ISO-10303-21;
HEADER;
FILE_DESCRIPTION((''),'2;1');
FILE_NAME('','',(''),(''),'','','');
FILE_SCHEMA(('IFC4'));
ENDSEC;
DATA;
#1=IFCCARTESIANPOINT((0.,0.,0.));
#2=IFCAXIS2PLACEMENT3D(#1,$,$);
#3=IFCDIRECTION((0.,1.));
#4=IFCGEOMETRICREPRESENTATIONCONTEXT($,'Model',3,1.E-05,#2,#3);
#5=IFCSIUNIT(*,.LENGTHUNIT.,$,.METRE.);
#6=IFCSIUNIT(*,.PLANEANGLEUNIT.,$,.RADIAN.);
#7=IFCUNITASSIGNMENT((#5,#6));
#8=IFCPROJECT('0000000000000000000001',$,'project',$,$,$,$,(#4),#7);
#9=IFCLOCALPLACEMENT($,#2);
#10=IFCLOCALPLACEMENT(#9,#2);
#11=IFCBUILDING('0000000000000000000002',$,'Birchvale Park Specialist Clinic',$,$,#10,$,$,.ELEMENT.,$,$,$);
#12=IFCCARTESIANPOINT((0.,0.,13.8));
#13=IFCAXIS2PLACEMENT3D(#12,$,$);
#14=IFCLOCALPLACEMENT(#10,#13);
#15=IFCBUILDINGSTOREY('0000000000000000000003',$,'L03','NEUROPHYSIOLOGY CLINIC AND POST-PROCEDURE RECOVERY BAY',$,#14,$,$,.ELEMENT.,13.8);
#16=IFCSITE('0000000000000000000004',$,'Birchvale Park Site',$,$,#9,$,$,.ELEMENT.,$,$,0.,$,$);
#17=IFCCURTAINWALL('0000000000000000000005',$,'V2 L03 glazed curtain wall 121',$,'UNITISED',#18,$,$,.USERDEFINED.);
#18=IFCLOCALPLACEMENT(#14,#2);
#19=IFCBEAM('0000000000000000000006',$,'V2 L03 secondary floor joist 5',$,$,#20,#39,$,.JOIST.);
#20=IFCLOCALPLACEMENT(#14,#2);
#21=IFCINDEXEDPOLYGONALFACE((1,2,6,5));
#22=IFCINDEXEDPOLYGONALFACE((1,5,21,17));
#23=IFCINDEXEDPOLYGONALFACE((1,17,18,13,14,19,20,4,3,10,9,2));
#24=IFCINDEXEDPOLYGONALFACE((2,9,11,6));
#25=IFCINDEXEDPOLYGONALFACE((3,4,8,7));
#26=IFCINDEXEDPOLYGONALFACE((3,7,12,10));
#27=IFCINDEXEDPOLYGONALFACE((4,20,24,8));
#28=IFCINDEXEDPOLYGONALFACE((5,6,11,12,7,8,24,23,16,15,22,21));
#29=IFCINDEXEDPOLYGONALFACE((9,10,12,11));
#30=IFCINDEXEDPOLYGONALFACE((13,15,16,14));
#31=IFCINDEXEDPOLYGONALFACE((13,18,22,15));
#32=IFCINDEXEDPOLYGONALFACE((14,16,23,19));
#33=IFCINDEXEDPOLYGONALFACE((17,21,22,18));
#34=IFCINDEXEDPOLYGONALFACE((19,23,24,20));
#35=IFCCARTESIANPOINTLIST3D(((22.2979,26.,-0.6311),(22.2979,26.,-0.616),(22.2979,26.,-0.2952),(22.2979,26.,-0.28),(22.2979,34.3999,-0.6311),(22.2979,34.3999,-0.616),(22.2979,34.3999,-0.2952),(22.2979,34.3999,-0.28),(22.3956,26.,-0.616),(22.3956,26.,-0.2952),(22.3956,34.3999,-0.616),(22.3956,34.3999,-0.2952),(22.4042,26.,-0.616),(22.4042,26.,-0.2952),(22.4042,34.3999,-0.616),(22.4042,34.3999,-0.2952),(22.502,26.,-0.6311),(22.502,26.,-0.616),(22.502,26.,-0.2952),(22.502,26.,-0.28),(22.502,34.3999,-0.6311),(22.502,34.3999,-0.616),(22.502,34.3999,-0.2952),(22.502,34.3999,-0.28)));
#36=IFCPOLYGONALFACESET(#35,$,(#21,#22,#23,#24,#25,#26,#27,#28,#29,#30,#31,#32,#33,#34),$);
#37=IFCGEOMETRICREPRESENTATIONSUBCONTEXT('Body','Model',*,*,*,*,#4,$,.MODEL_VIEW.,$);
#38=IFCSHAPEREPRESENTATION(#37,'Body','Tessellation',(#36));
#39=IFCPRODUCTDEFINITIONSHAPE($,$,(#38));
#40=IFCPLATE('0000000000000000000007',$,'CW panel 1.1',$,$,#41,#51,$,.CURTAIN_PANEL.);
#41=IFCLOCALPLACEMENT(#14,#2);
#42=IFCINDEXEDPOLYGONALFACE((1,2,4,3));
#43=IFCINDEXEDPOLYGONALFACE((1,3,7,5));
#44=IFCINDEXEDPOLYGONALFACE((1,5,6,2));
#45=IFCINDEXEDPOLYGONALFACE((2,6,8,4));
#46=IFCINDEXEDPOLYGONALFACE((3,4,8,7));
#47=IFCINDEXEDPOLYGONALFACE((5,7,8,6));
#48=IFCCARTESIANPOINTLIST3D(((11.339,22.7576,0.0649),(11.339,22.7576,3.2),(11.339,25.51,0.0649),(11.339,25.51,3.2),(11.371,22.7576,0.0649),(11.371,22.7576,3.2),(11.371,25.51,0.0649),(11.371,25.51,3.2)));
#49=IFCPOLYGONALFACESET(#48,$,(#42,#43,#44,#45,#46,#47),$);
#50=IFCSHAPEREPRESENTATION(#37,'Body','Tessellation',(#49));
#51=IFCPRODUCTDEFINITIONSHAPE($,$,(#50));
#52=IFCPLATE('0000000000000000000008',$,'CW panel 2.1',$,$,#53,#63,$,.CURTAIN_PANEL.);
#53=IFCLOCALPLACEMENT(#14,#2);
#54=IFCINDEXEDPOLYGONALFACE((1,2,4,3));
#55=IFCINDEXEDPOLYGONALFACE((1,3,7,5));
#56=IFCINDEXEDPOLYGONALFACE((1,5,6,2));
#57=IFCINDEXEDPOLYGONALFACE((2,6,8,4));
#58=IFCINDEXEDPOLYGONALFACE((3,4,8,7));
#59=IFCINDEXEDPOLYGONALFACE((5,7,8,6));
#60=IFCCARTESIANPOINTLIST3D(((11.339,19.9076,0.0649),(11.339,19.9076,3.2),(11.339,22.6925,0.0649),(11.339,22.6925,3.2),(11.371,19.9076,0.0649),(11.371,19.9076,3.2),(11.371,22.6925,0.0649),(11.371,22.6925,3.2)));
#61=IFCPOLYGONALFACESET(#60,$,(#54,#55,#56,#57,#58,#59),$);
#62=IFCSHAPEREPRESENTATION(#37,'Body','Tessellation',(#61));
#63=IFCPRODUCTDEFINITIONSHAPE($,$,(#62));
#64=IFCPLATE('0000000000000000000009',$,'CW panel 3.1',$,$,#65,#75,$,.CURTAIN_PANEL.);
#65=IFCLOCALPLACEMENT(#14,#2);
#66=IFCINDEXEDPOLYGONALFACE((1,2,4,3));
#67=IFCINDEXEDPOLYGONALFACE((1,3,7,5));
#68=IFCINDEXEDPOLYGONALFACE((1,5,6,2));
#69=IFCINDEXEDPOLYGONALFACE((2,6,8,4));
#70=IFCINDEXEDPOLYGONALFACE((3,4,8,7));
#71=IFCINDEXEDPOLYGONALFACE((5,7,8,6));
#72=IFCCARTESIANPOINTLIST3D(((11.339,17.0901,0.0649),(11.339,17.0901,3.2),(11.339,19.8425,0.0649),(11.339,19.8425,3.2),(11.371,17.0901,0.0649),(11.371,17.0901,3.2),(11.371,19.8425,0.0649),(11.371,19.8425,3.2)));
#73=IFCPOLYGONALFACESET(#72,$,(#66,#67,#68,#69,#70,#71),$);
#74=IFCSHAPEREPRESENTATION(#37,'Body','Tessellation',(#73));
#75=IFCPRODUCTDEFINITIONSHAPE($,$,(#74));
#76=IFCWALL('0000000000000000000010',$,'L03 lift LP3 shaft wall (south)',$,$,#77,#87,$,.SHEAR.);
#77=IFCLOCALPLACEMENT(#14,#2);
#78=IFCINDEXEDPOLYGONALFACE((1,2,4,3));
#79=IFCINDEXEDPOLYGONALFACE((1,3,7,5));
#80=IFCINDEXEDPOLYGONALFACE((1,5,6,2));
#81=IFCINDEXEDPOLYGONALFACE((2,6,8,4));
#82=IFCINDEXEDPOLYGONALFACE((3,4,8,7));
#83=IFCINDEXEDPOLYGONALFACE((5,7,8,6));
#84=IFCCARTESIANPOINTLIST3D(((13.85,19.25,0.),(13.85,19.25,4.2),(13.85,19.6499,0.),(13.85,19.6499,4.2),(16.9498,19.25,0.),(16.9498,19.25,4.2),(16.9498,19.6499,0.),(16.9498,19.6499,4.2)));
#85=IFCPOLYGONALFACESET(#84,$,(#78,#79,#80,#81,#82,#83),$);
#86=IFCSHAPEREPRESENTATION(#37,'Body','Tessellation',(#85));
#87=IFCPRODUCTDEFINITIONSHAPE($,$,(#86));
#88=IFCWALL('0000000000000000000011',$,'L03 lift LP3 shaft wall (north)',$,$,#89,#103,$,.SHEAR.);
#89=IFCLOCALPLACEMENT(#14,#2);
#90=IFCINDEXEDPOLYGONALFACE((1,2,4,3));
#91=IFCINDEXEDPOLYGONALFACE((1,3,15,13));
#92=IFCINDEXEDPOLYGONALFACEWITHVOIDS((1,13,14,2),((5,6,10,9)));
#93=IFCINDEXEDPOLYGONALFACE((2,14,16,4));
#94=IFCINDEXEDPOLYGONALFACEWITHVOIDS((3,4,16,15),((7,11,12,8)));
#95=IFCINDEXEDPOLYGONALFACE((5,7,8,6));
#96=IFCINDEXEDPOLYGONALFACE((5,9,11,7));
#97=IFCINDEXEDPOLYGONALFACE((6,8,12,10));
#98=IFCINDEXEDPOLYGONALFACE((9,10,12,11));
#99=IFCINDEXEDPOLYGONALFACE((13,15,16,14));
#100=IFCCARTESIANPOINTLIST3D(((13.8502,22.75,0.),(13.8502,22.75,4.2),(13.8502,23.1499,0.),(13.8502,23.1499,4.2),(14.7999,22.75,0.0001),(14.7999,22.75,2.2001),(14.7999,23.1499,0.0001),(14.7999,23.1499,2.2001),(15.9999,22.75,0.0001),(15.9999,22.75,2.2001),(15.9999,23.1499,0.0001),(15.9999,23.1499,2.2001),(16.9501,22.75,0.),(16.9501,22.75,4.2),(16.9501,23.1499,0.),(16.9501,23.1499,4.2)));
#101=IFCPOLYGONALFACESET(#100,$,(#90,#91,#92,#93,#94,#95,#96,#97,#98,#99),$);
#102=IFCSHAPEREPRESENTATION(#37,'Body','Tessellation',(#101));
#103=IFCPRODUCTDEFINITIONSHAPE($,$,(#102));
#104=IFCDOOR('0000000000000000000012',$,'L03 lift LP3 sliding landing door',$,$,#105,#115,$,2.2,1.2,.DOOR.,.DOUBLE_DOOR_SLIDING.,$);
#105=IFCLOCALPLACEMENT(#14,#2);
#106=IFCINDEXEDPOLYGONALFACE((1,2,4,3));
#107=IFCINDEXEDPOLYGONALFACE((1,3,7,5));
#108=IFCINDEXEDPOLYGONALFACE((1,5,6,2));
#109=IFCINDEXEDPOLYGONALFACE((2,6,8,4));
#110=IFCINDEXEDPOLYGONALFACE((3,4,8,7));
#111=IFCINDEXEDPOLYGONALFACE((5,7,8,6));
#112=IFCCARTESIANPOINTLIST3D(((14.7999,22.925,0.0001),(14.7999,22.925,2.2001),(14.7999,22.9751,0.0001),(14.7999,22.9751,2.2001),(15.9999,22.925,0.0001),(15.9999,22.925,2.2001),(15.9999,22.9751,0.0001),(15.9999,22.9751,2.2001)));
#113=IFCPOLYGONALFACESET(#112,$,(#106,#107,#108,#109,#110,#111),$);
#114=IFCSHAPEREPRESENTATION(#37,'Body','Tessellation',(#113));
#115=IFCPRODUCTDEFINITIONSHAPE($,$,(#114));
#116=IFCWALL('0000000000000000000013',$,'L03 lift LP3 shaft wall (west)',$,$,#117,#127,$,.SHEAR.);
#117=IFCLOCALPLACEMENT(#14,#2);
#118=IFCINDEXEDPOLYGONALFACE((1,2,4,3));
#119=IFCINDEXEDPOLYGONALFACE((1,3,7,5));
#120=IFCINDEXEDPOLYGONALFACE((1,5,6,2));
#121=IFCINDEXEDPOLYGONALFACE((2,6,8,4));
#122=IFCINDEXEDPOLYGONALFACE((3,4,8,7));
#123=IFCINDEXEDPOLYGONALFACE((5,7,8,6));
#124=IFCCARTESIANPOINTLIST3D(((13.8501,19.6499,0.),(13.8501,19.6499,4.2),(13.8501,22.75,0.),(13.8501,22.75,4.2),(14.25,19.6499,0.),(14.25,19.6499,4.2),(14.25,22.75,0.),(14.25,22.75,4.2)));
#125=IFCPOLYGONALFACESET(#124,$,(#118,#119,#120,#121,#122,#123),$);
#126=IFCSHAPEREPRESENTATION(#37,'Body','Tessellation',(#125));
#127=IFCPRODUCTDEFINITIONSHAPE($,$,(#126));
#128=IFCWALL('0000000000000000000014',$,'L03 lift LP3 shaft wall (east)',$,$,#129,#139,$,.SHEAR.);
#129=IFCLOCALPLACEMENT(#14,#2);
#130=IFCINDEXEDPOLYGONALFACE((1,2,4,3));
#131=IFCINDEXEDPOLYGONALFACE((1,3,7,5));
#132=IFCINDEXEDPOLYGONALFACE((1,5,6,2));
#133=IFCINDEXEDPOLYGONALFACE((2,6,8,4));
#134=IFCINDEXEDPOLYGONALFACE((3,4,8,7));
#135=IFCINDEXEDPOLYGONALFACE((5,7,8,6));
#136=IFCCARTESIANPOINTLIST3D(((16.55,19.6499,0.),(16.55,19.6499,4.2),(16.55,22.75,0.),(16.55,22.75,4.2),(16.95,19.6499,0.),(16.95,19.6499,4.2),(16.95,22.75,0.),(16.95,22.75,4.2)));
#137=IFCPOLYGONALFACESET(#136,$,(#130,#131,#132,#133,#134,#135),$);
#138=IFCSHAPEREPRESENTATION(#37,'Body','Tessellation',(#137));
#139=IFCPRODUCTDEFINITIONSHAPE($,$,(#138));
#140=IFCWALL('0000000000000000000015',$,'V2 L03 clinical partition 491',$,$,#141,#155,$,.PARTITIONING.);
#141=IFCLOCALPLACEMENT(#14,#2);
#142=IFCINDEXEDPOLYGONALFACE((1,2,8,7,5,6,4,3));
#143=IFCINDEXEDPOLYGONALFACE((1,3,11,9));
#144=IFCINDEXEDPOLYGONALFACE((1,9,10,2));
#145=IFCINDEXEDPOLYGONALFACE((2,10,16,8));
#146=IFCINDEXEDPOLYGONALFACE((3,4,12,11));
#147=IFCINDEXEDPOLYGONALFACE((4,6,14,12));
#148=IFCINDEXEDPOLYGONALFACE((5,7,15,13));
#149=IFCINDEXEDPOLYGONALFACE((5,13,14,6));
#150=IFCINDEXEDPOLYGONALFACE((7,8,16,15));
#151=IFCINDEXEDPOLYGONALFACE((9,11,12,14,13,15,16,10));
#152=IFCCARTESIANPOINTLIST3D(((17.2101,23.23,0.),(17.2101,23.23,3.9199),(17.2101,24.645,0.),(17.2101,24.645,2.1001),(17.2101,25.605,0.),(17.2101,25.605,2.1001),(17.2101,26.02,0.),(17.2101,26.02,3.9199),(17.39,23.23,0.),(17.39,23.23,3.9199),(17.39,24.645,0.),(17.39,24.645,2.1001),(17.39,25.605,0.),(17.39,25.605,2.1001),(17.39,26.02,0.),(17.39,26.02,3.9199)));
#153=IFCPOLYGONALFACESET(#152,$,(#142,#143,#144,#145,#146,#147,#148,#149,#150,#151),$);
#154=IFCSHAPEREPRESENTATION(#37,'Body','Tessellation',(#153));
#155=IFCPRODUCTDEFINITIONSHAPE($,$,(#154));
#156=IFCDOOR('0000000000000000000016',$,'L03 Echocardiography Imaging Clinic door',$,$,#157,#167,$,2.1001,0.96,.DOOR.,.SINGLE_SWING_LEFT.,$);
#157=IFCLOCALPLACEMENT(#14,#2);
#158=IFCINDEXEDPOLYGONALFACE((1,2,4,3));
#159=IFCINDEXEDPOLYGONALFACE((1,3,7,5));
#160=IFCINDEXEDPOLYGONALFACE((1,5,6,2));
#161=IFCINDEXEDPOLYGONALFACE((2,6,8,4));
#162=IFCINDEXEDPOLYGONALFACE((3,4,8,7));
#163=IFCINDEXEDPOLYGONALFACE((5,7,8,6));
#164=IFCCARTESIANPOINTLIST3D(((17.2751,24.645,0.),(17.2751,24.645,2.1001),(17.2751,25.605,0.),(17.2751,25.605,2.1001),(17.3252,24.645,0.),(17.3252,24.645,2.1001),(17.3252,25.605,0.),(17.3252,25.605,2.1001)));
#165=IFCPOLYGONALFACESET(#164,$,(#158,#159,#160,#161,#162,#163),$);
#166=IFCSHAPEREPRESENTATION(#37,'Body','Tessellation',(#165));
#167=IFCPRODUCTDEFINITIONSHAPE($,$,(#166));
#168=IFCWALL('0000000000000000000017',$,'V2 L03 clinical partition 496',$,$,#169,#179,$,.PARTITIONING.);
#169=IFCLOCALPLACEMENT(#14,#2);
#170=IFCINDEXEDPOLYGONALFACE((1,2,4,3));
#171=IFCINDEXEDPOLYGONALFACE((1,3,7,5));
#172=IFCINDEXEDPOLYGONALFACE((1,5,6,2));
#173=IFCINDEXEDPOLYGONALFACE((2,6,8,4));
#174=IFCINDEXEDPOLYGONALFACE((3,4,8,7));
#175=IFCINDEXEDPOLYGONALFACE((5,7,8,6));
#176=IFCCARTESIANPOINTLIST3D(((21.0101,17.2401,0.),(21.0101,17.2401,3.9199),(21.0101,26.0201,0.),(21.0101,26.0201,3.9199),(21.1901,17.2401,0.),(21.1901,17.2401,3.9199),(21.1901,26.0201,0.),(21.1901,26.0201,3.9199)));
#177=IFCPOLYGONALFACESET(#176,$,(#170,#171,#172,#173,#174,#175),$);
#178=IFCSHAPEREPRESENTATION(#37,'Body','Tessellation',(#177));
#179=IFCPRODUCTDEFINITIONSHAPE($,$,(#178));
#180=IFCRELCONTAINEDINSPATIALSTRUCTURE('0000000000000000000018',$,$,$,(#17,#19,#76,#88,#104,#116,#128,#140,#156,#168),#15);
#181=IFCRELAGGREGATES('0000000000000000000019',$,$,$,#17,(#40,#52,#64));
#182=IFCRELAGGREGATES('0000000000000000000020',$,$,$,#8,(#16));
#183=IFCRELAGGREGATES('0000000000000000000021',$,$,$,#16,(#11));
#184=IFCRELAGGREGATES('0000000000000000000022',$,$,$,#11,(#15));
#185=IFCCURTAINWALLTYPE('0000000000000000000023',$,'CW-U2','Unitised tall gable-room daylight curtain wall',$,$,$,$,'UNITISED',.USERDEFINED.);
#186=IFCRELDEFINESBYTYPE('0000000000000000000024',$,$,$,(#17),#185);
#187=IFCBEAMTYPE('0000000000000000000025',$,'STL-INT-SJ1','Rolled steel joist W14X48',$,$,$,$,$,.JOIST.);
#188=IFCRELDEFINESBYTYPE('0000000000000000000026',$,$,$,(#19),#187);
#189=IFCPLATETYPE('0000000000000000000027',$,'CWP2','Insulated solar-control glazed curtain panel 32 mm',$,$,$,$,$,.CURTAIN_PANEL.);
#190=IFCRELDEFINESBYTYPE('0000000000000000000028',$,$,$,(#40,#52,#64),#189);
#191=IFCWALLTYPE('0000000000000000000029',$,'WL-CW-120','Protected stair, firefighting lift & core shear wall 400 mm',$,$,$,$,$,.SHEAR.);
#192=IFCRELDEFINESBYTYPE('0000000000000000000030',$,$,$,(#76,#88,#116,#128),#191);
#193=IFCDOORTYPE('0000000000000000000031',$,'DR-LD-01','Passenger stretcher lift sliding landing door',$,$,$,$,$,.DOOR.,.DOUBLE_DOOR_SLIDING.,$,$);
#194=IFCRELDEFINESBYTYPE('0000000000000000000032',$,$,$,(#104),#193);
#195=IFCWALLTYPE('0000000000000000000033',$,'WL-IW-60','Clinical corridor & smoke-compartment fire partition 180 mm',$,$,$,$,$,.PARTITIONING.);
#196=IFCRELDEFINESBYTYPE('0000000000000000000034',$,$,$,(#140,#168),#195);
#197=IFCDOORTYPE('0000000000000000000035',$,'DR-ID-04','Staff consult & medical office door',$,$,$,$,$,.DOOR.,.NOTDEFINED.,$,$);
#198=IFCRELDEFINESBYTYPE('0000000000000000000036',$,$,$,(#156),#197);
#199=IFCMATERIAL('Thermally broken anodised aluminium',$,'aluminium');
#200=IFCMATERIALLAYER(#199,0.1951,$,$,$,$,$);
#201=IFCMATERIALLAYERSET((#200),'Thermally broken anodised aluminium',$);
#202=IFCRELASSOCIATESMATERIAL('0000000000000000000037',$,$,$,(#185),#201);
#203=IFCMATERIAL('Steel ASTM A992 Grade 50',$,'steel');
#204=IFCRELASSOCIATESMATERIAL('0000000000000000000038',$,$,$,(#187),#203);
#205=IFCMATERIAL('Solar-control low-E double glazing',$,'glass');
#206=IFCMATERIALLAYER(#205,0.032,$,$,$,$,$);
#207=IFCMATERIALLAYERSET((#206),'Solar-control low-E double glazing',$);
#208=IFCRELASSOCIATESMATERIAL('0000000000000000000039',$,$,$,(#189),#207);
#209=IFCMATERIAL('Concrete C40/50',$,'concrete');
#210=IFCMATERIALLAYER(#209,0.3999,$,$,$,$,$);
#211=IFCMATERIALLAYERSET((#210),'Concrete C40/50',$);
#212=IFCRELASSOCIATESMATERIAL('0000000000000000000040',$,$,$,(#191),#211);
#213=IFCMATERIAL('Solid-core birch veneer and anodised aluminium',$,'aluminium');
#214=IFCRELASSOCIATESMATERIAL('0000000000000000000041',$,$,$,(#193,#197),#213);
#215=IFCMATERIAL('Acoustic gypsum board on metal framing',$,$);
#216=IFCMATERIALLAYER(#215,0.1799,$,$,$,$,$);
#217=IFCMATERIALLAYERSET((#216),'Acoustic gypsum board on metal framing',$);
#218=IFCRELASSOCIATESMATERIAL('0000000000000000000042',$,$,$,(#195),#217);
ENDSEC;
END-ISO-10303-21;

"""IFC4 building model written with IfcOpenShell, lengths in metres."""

from ifc_helpers import new_model, si_unit, direction, frame, frame_2d, origin, origin_2d, place, context, subcontext, project, spatial, rectangle, i_section, extrude, material, layer, layer_set, material_profile, profile_set, type_object, element, fill, aggregate, save


model = new_model("IFC4")

# Units and contexts
model_context = context("Model", 3, precision=1e-05, world=origin(), true_north=direction((0.0, 1.0)))
body_context = subcontext(model_context, "Body", "Model", "MODEL_VIEW")
ifc_project = project(units=[si_unit("LENGTHUNIT", "METRE"), si_unit("PLANEANGLEUNIT", "RADIAN")], contexts=[model_context])

# Site, building, storey
site_placement = place(None, origin())
site = spatial("IfcSite", under=ifc_project, at=site_placement, Name="Birchvale Park Site", CompositionType="ELEMENT", RefElevation=0.0)
building_placement = place(site_placement, origin())
building = spatial("IfcBuilding", under=site, at=building_placement, Name="Birchvale Park Specialist Clinic", CompositionType="ELEMENT")
storey_placement = place(building_placement, frame((0.0, 0.0, 13.8)))
storey = spatial("IfcBuildingStorey", under=building, at=storey_placement, Name="L03", Description="NEUROPHYSIOLOGY CLINIC AND POST-PROCEDURE RECOVERY BAY", CompositionType="ELEMENT", Elevation=13.8)

# Shared definitions
ifc_material_1 = material(Name="Concrete C40/50", Category="concrete")

# Curtain wall
ifc_material_2 = material(Name="Thermally broken anodised aluminium", Category="aluminium")
ifc_layer_1 = layer(ifc_material_2, 0.1951)
ifc_layer_set_1 = layer_set([ifc_layer_1], Name="Thermally broken anodised aluminium")
curtain_wall_type = type_object("IfcCurtainWallType", Name="CW-U2", Description="Unitised tall gable-room daylight curtain wall", ElementType="UNITISED", PredefinedType="USERDEFINED", material=ifc_layer_set_1)
curtain_wall_placement = place(storey_placement, origin())
curtain_wall = element("IfcCurtainWall", 1, at=curtain_wall_placement, inside=storey, type_object=curtain_wall_type, Name="V2 L03 glazed curtain wall 121", ObjectType="UNITISED", PredefinedType="USERDEFINED")

# Beam
ifc_material_3 = material(Name="Steel ASTM A992 Grade 50", Category="steel")
ifc_material_profile_1 = material_profile(ifc_material_3, i_section(OverallWidth=0.2041, OverallDepth=0.3511, WebThickness=0.0085, FlangeThickness=0.0151, at=origin_2d()), Name="W14X48")
ifc_profile_set_1 = profile_set([ifc_material_profile_1], Name="Steel ASTM A992 Grade 50")
beam_type_1 = type_object("IfcBeamType", Name="STL-INT-SJ1", Description="Rolled steel joist W14X48", PredefinedType="JOIST", material=ifc_profile_set_1)
beam_1_placement = place(storey_placement, frame((22.3999, 26.0, -0.4556), z_axis=(0.0, 1.0, 0.0), x_axis=(-1.0, 0.0, 0.0)))
element("IfcBeam", 2, at=beam_1_placement, inside=storey, type_object=beam_type_1, Name="V2 L03 secondary floor joist 5", PredefinedType="JOIST", context=body_context, shape_type="SweptSolid", body=[
    extrude(i_section(OverallWidth=0.2041, OverallDepth=0.3511, WebThickness=0.0085, FlangeThickness=0.0151, at=origin_2d()), origin(), (0.0, 0.0, 1.0), 8.3999),
])

# Plates
ifc_material_4 = material(Name="Solar-control low-E double glazing", Category="glass")
ifc_layer_2 = layer(ifc_material_4, 0.032)
ifc_layer_set_2 = layer_set([ifc_layer_2], Name="Solar-control low-E double glazing")
plate_type = type_object("IfcPlateType", Name="CWP2", Description="Insulated solar-control glazed curtain panel 32 mm", PredefinedType="CURTAIN_PANEL", material=ifc_layer_set_2)
plate_1_placement = place(storey_placement, frame((11.355, 24.1338, 0.0649), z_axis=(0.0, 0.0, 1.0), x_axis=(0.0, -1.0, 0.0)))
plate_1 = element("IfcPlate", 3, at=plate_1_placement, type_object=plate_type, Name="CW panel 1.1", PredefinedType="CURTAIN_PANEL", context=body_context, shape_type="SweptSolid", body=[
    extrude(rectangle(XDim=2.7524, YDim=0.032, at=origin_2d()), origin(), (0.0, 0.0, 1.0), 3.135),
])
plate_2_placement = place(storey_placement, frame((11.355, 21.3, 0.0649), z_axis=(0.0, 0.0, 1.0), x_axis=(0.0, -1.0, 0.0)))
plate_2 = element("IfcPlate", 4, at=plate_2_placement, type_object=plate_type, Name="CW panel 2.1", PredefinedType="CURTAIN_PANEL", context=body_context, shape_type="SweptSolid", body=[
    extrude(rectangle(XDim=2.7849, YDim=0.032, at=origin_2d()), origin(), (0.0, 0.0, 1.0), 3.135),
])
plate_3_placement = place(storey_placement, frame((11.355, 18.4663, 0.0649), z_axis=(0.0, 0.0, 1.0), x_axis=(0.0, -1.0, 0.0)))
plate_3 = element("IfcPlate", 5, at=plate_3_placement, type_object=plate_type, Name="CW panel 3.1", PredefinedType="CURTAIN_PANEL", context=body_context, shape_type="SweptSolid", body=[
    extrude(rectangle(XDim=2.7524, YDim=0.032, at=origin_2d()), origin(), (0.0, 0.0, 1.0), 3.135),
])
aggregate(curtain_wall, [plate_1, plate_2, plate_3])

# Wall
ifc_layer_3 = layer(ifc_material_1, 0.3999)
ifc_layer_set_3 = layer_set([ifc_layer_3], Name="Concrete C40/50")
wall_type_1 = type_object("IfcWallType", Name="WL-CW-120", Description="Protected stair, firefighting lift & core shear wall 400 mm", PredefinedType="SHEAR", material=ifc_layer_set_3)
wall_1_placement = place(storey_placement, frame((13.8501, 19.45, 0.0), z_axis=(0.0, 0.0, 1.0), x_axis=(1.0, 0.0, 0.0)))
element("IfcWall", 6, at=wall_1_placement, inside=storey, type_object=wall_type_1, Name="L03 lift LP3 shaft wall (south)", PredefinedType="SHEAR", context=body_context, shape_type="SweptSolid", body=[
    extrude(rectangle(XDim=3.0999, YDim=0.3999, at=frame_2d((1.5498, 0.0))), origin(), (0.0, 0.0, 1.0), 4.2),
])

# Wall, opening, door
wall_2_placement = place(storey_placement, frame((16.95, 22.95, 0.0), z_axis=(0.0, 0.0, 1.0), x_axis=(-1.0, 0.0, 0.0)))
wall_2 = element("IfcWall", 7, at=wall_2_placement, inside=storey, type_object=wall_type_1, Name="L03 lift LP3 shaft wall (north)", PredefinedType="SHEAR", context=body_context, shape_type="SweptSolid", body=[
    extrude(rectangle(XDim=3.0999, YDim=0.3999, at=frame_2d((1.5498, 0.0))), origin(), (0.0, 0.0, 1.0), 4.2),
])
opening_1_placement = place(wall_2_placement, frame((0.95, 0.0, 0.0)))
opening_1 = element("IfcOpeningElement", 8, at=opening_1_placement, cuts=wall_2, PredefinedType="OPENING", context=body_context, shape_type="SweptSolid", body=[
    extrude(rectangle(XDim=1.2, YDim=2.2, at=frame_2d((0.6001, 1.1001))), frame((0.0, 0.21, 0.0), z_axis=(0.0, -1.0, 0.0), x_axis=(1.0, 0.0, 0.0)), (0.0, 0.0, 1.0), 0.4199),
])
ifc_material_5 = material(Name="Solid-core birch veneer and anodised aluminium", Category="aluminium")
door_type_1 = type_object("IfcDoorType", Name="DR-LD-01", Description="Passenger stretcher lift sliding landing door", OperationType="DOUBLE_DOOR_SLIDING", PredefinedType="DOOR", material=ifc_material_5)
door_1_placement = place(opening_1_placement, origin())
door_1 = element("IfcDoor", 9, at=door_1_placement, inside=storey, type_object=door_type_1, Name="L03 lift LP3 sliding landing door", OperationType="DOUBLE_DOOR_SLIDING", OverallHeight=2.2, OverallWidth=1.2, PredefinedType="DOOR", context=body_context, shape_type="SweptSolid", body=[
    extrude(rectangle(XDim=1.2, YDim=2.2, at=frame_2d((0.6001, 1.1001))), frame((0.0, 0.0249, 0.0), z_axis=(0.0, -1.0, 0.0), x_axis=(1.0, 0.0, 0.0)), (0.0, 0.0, 1.0), 0.05),
])
fill(opening_1, door_1)

# Walls
for number, where, z_axis, x_axis, name in (
    (10, (14.05, 19.6499, 0.0), (0.0, 0.0, 1.0), (0.0, 1.0, 0.0), "L03 lift LP3 shaft wall (west)"),
    (11, (16.75, 22.75, 0.0), (0.0, 0.0, 1.0), (0.0, -1.0, 0.0), "L03 lift LP3 shaft wall (east)"),
):
    element("IfcWall", number, at=place(storey_placement, frame(where, z_axis=z_axis, x_axis=x_axis)), inside=storey, type_object=wall_type_1, Name=name, PredefinedType="SHEAR", context=body_context, shape_type="SweptSolid", body=[
        extrude(rectangle(XDim=3.1001, YDim=0.3999, at=frame_2d((1.55, 0.0))), origin(), (0.0, 0.0, 1.0), 4.2),
    ])

# Wall, opening, door
ifc_material_6 = material(Name="Acoustic gypsum board on metal framing")
ifc_layer_4 = layer(ifc_material_6, 0.1799)
ifc_layer_set_4 = layer_set([ifc_layer_4], Name="Acoustic gypsum board on metal framing")
wall_type_2 = type_object("IfcWallType", Name="WL-IW-60", Description="Clinical corridor & smoke-compartment fire partition 180 mm", PredefinedType="PARTITIONING", material=ifc_layer_set_4)
wall_3_placement = place(storey_placement, frame((17.3, 23.23, 0.0), z_axis=(0.0, 0.0, 1.0), x_axis=(0.0, 1.0, 0.0)))
wall_3 = element("IfcWall", 12, at=wall_3_placement, inside=storey, type_object=wall_type_2, Name="V2 L03 clinical partition 491", PredefinedType="PARTITIONING", context=body_context, shape_type="SweptSolid", body=[
    extrude(rectangle(XDim=2.79, YDim=0.1799, at=frame_2d((1.395, 0.0))), origin(), (0.0, 0.0, 1.0), 3.9199),
])
opening_2_placement = place(wall_3_placement, frame((1.415, 0.0, 0.0)))
opening_2 = element("IfcOpeningElement", 13, at=opening_2_placement, cuts=wall_3, PredefinedType="OPENING", context=body_context, shape_type="SweptSolid", body=[
    extrude(rectangle(XDim=0.96, YDim=2.1001, at=frame_2d((0.48, 1.05))), frame((0.0, 0.1001, 0.0), z_axis=(0.0, -1.0, 0.0), x_axis=(1.0, 0.0, 0.0)), (0.0, 0.0, 1.0), 0.2),
])
door_type_2 = type_object("IfcDoorType", Name="DR-ID-04", Description="Staff consult & medical office door", OperationType="NOTDEFINED", PredefinedType="DOOR", material=ifc_material_5)
door_2_placement = place(opening_2_placement, origin())
door_2 = element("IfcDoor", 14, at=door_2_placement, inside=storey, type_object=door_type_2, Name="L03 Echocardiography Imaging Clinic door", OperationType="SINGLE_SWING_LEFT", OverallHeight=2.1001, OverallWidth=0.96, PredefinedType="DOOR", context=body_context, shape_type="SweptSolid", body=[
    extrude(rectangle(XDim=0.96, YDim=2.1001, at=frame_2d((0.48, 1.05))), frame((0.0, 0.0249, 0.0), z_axis=(0.0, -1.0, 0.0), x_axis=(1.0, 0.0, 0.0)), (0.0, 0.0, 1.0), 0.05),
])
fill(opening_2, door_2)

# Wall
wall_4_placement = place(storey_placement, frame((21.1001, 17.24, 0.0), z_axis=(0.0, 0.0, 1.0), x_axis=(0.0, 1.0, 0.0)))
element("IfcWall", 15, at=wall_4_placement, inside=storey, type_object=wall_type_2, Name="V2 L03 clinical partition 496", PredefinedType="PARTITIONING", context=body_context, shape_type="SweptSolid", body=[
    extrude(rectangle(XDim=8.78, YDim=0.1799, at=frame_2d((4.3901, 0.0))), origin(), (0.0, 0.0, 1.0), 3.9199),
])

save(model, "model.ifc")
